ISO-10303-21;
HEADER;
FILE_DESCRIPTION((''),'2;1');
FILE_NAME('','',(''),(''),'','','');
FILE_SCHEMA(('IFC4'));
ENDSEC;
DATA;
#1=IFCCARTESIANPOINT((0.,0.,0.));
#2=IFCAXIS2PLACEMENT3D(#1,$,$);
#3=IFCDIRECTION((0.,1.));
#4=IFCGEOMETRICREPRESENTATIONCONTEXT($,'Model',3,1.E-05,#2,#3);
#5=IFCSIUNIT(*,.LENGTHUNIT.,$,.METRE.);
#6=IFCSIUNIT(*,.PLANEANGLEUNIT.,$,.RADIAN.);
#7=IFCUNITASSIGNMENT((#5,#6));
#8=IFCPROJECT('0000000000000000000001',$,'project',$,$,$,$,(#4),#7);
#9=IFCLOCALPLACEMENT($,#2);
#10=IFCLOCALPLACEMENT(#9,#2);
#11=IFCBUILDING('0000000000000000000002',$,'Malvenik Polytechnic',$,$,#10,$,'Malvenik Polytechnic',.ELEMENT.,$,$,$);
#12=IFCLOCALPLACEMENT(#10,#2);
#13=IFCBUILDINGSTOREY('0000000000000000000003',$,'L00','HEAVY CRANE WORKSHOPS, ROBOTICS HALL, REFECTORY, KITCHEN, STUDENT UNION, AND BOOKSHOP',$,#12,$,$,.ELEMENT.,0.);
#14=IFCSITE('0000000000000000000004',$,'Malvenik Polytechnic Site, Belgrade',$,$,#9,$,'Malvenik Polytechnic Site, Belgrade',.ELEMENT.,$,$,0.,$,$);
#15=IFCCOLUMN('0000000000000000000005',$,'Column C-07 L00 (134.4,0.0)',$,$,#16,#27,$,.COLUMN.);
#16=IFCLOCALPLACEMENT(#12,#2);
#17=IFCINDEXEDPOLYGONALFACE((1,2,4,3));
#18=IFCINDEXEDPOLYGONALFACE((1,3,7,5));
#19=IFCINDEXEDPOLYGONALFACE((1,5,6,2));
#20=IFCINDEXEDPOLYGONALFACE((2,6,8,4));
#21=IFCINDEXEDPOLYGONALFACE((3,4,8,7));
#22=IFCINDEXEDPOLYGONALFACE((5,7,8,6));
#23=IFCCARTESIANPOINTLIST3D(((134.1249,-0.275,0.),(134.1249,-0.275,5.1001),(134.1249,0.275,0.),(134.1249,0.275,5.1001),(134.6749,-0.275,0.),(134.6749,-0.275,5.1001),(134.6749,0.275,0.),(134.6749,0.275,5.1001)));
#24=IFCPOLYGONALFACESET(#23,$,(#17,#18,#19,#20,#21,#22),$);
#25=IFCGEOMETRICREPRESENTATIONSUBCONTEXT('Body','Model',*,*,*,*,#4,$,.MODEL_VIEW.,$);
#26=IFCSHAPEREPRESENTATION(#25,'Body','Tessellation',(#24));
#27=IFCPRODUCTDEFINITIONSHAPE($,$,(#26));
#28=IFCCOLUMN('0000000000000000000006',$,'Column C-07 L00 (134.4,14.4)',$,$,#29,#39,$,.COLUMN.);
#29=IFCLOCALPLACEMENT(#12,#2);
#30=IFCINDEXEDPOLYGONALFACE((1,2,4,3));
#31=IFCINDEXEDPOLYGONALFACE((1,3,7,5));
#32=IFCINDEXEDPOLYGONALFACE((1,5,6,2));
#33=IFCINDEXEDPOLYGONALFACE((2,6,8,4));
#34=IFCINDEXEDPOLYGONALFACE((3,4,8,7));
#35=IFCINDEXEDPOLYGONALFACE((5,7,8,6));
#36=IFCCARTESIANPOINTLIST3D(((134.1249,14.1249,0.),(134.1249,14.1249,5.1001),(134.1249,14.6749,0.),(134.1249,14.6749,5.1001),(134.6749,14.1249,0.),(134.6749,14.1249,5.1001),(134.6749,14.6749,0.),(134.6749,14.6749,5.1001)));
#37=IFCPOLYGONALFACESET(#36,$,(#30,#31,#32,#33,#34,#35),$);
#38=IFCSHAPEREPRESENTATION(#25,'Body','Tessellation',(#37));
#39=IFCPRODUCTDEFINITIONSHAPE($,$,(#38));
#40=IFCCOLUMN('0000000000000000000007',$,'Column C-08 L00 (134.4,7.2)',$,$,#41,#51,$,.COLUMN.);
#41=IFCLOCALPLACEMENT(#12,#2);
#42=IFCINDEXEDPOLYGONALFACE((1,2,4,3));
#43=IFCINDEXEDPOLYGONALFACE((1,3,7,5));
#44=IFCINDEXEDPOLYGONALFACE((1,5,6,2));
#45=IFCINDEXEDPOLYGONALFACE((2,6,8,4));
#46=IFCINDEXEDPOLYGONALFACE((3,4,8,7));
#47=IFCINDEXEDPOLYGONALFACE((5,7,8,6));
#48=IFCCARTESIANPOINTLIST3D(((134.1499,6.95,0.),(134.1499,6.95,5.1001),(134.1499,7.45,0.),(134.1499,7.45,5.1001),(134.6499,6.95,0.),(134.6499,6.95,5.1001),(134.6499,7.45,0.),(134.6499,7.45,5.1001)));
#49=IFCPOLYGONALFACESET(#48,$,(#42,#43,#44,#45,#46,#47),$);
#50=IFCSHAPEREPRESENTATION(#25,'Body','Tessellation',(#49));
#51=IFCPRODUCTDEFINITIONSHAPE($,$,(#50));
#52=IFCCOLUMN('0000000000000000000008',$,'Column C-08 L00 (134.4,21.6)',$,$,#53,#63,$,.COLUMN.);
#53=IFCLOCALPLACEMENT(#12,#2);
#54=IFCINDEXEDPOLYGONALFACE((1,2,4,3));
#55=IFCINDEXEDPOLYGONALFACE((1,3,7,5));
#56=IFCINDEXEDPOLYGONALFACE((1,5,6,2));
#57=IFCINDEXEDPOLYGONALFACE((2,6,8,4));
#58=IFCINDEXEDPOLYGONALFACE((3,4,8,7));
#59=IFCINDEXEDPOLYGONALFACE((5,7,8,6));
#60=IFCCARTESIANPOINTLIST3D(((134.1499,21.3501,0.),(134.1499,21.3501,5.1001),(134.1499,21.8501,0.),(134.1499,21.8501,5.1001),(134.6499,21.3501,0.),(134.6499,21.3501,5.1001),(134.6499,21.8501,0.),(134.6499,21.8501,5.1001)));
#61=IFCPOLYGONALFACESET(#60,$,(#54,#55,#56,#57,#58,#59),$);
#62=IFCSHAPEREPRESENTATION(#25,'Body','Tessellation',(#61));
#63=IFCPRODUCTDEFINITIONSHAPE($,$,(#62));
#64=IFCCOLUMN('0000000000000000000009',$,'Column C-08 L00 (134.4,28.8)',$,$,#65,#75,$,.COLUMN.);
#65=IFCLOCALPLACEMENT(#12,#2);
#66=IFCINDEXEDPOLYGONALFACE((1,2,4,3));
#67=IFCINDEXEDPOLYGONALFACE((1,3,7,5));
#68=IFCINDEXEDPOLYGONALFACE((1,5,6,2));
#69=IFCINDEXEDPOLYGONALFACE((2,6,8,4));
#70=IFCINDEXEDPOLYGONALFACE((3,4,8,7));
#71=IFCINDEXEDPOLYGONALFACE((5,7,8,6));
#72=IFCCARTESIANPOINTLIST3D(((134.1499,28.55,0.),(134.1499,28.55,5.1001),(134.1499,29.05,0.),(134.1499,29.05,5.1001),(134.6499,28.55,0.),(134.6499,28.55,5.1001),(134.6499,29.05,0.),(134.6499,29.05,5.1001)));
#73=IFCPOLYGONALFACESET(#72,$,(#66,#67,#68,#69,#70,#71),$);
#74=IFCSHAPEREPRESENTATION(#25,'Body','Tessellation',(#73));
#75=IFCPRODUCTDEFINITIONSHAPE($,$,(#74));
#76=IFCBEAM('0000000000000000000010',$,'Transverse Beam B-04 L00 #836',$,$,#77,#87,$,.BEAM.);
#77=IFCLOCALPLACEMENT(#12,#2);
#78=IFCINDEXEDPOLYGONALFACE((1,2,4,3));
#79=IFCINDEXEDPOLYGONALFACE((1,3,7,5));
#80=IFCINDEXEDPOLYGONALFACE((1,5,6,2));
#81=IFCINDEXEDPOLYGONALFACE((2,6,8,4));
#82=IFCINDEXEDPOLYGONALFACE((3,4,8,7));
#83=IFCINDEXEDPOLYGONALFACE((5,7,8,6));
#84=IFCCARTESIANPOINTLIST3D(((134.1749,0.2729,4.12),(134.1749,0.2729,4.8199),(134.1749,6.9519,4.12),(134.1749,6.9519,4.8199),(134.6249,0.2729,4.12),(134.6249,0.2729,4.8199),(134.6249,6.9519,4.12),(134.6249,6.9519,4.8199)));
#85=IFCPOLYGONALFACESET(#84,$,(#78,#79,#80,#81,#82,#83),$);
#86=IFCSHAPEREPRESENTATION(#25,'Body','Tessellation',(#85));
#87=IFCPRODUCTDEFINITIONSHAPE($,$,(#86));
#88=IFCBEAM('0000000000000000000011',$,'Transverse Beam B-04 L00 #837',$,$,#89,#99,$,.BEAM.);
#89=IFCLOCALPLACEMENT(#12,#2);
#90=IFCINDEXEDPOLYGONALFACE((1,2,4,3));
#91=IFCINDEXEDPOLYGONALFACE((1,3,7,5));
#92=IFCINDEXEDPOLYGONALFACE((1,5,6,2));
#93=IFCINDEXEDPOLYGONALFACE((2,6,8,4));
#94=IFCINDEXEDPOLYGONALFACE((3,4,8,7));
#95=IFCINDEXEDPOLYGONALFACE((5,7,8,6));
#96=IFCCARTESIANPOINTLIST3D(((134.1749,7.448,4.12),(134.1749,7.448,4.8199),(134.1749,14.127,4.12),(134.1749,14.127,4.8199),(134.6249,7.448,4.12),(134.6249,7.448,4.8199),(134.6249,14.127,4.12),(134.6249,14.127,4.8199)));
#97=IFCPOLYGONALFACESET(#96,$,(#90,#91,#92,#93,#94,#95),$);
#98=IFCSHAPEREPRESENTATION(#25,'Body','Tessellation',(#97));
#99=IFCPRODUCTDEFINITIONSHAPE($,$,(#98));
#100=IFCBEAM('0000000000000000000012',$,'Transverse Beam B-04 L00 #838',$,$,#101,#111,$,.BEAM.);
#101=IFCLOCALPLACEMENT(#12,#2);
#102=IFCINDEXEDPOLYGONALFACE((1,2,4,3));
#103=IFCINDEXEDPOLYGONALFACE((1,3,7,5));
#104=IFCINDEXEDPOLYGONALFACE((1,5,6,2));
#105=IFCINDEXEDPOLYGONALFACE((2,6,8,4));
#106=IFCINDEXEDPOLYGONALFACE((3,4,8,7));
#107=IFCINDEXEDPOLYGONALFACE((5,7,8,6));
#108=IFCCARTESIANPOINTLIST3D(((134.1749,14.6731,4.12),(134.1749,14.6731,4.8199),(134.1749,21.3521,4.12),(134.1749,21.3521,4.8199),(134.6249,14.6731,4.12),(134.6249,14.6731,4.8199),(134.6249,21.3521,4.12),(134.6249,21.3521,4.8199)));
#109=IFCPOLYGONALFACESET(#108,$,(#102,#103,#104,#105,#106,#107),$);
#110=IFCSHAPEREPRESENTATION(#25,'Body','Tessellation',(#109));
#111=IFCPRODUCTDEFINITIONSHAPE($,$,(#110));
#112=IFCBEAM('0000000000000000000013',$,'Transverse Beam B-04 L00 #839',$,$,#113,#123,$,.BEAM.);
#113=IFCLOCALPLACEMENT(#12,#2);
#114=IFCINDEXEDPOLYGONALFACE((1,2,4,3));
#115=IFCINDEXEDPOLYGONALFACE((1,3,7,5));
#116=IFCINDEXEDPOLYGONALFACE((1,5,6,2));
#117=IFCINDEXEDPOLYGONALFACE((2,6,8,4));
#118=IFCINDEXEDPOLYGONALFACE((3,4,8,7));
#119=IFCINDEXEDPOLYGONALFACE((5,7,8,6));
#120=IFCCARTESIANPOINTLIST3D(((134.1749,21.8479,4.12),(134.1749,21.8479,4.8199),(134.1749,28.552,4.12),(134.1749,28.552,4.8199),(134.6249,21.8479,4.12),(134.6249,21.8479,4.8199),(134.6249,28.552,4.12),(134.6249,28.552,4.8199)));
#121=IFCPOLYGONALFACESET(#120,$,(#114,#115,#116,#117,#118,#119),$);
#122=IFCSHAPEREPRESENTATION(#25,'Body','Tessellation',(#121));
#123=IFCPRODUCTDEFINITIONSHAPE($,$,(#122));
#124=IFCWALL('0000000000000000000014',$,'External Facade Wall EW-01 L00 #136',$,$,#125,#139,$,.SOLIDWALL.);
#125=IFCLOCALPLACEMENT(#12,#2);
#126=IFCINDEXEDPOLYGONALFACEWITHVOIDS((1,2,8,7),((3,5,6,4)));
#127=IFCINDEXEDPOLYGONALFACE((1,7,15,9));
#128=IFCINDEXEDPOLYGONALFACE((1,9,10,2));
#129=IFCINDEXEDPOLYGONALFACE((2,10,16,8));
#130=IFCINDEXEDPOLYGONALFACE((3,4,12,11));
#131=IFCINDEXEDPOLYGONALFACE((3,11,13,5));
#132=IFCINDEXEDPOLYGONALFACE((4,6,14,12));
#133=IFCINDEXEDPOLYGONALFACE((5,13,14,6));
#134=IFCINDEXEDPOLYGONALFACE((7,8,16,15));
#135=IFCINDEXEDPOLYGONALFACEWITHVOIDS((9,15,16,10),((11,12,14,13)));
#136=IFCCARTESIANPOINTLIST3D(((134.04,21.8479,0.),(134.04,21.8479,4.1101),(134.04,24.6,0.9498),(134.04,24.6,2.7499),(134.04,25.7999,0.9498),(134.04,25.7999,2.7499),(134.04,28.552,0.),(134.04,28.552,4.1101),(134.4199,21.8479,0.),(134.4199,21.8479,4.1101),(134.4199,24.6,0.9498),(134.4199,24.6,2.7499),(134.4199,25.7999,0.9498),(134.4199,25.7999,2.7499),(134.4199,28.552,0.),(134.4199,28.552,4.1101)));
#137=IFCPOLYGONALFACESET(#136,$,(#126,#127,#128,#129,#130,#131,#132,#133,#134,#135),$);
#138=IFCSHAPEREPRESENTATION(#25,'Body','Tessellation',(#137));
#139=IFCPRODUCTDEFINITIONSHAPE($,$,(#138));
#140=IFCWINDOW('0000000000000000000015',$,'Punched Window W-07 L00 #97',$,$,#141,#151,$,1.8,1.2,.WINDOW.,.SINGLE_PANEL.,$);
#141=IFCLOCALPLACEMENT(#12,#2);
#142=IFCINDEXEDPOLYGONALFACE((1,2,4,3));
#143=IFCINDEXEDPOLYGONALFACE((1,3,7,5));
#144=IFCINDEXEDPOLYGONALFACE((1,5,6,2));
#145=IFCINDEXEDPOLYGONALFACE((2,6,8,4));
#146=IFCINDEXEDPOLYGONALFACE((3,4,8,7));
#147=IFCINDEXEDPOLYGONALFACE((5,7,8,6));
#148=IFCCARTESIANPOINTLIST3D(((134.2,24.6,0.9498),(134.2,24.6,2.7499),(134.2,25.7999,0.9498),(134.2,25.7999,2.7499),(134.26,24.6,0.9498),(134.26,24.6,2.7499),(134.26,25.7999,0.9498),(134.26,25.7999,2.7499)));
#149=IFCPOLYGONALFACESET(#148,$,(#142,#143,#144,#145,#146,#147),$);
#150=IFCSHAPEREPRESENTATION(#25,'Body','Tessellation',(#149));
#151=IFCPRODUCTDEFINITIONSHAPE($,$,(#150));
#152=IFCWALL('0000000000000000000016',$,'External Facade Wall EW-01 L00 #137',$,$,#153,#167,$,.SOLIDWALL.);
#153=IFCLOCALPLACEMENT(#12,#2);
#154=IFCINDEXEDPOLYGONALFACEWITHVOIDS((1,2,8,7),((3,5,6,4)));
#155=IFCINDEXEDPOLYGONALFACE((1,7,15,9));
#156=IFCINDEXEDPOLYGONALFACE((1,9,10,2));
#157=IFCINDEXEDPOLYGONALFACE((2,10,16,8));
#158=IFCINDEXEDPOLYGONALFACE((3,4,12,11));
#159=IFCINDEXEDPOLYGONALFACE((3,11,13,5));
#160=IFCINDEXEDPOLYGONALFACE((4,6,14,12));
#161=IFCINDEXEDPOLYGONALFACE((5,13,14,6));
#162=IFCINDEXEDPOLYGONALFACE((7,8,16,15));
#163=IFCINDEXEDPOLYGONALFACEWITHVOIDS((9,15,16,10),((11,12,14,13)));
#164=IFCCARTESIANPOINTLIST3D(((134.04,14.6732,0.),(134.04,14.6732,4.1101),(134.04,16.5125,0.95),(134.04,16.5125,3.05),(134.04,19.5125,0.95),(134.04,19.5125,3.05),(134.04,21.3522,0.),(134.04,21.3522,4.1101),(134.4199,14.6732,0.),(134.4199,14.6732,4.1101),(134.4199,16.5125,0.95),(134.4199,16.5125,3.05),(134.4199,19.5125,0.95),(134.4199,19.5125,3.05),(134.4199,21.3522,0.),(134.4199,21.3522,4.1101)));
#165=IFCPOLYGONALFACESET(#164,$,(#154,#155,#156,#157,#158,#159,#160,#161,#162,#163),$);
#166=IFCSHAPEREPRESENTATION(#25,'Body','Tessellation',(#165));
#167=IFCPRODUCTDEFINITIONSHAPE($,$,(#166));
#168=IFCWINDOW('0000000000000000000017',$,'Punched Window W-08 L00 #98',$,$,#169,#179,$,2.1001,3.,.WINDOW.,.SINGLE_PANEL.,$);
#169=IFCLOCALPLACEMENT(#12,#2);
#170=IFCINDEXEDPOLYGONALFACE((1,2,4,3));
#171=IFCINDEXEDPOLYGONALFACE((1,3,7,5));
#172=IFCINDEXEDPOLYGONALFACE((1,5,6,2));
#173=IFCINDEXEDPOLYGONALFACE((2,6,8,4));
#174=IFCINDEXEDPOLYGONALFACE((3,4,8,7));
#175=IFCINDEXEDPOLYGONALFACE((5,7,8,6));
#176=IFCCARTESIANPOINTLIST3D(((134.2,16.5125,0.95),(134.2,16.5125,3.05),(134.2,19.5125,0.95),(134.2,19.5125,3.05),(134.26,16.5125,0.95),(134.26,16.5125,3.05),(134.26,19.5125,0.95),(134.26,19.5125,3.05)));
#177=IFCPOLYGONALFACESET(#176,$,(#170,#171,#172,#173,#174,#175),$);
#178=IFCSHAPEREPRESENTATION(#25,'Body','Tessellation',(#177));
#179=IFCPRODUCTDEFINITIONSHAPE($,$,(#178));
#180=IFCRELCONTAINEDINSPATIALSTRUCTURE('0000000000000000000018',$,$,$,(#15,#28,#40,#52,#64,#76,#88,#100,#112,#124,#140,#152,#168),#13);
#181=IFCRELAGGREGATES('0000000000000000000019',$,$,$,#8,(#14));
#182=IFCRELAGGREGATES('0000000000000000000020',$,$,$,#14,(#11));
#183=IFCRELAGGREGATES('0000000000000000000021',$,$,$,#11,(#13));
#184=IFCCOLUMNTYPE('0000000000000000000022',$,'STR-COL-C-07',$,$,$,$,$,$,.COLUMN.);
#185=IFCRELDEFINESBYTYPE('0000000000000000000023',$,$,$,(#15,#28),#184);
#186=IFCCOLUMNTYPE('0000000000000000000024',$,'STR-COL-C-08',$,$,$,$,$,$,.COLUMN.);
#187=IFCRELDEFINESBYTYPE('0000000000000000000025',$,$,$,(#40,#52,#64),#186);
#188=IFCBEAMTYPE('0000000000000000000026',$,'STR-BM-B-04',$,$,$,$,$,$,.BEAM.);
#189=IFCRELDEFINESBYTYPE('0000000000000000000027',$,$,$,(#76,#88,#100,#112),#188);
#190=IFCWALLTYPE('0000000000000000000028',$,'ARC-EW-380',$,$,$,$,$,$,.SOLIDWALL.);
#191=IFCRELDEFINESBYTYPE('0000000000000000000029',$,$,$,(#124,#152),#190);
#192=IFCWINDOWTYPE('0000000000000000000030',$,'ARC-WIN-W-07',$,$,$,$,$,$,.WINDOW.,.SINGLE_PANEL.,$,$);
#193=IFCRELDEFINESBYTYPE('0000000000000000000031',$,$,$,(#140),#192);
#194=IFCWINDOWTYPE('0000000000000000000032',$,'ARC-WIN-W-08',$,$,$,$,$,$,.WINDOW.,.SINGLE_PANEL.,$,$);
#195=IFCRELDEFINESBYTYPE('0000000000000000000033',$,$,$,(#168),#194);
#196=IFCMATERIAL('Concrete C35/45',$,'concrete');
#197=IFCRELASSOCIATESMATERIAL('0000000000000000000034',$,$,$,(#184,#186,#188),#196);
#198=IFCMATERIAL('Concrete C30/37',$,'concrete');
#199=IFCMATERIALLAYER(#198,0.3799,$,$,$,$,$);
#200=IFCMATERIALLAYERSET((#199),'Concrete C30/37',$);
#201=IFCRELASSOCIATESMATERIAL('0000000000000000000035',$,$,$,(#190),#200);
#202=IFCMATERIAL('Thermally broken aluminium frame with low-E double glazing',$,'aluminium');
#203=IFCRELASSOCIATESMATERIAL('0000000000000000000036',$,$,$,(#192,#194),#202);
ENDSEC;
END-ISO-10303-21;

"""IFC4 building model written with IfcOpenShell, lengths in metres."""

from ifc_helpers import new_model, si_unit, direction, frame, frame_2d, origin, origin_2d, place, context, subcontext, project, spatial, rectangle, extrude, material, layer, layer_set, material_profile, profile_set, type_object, element, fill, save


model = new_model("IFC4")

# Units and contexts
model_context = context("Model", 3, precision=1e-05, world=origin(), true_north=direction((0.0, 1.0)))
body_context = subcontext(model_context, "Body", "Model", "MODEL_VIEW")
ifc_project = project(units=[si_unit("LENGTHUNIT", "METRE"), si_unit("PLANEANGLEUNIT", "RADIAN")], contexts=[model_context])

# Site, building, storey
site_placement = place(None, origin())
site = spatial("IfcSite", under=ifc_project, at=site_placement, Name="Malvenik Polytechnic Site, Belgrade", LongName="Malvenik Polytechnic Site, Belgrade", CompositionType="ELEMENT", RefElevation=0.0)
building_placement = place(site_placement, origin())
building = spatial("IfcBuilding", under=site, at=building_placement, Name="Malvenik Polytechnic", LongName="Malvenik Polytechnic", CompositionType="ELEMENT")
storey_placement = place(building_placement, origin())
storey = spatial("IfcBuildingStorey", under=building, at=storey_placement, Name="L00", Description="HEAVY CRANE WORKSHOPS, ROBOTICS HALL, REFECTORY, KITCHEN, STUDENT UNION, AND BOOKSHOP", CompositionType="ELEMENT", Elevation=0.0)

# Columns
ifc_material_1 = material(Name="Concrete C35/45", Category="concrete")
ifc_material_profile_1 = material_profile(ifc_material_1, rectangle(XDim=0.55, YDim=0.55, at=origin_2d()), Name="RC COL 550x550")
ifc_profile_set_1 = profile_set([ifc_material_profile_1], Name="Concrete C35/45")
column_type_1 = type_object("IfcColumnType", Name="STR-COL-C-07", PredefinedType="COLUMN", material=ifc_profile_set_1)
for number, where, z_axis, x_axis, name in (
    (1, (134.3999, 0.0, 0.0), (0.0, 0.0, 1.0), (1.0, 0.0, 0.0), "Column C-07 L00 (134.4,0.0)"),
    (2, (134.3999, 14.3999, 0.0), (0.0, 0.0, 1.0), (1.0, 0.0, 0.0), "Column C-07 L00 (134.4,14.4)"),
):
    element("IfcColumn", number, at=place(storey_placement, frame(where, z_axis=z_axis, x_axis=x_axis)), inside=storey, type_object=column_type_1, Name=name, PredefinedType="COLUMN", context=body_context, shape_type="SweptSolid", body=[
        extrude(rectangle(XDim=0.55, YDim=0.55, at=origin_2d()), origin(), (0.0, 0.0, 1.0), 5.1001),
    ])
ifc_material_profile_2 = material_profile(ifc_material_1, rectangle(XDim=0.5, YDim=0.5, at=origin_2d()), Name="RC COL 500x500")
ifc_profile_set_2 = profile_set([ifc_material_profile_2], Name="Concrete C35/45")
column_type_2 = type_object("IfcColumnType", Name="STR-COL-C-08", PredefinedType="COLUMN", material=ifc_profile_set_2)
for number, where, z_axis, x_axis, name in (
    (3, (134.3999, 7.2, 0.0), (0.0, 0.0, 1.0), (1.0, 0.0, 0.0), "Column C-08 L00 (134.4,7.2)"),
    (4, (134.3999, 21.6001, 0.0), (0.0, 0.0, 1.0), (1.0, 0.0, 0.0), "Column C-08 L00 (134.4,21.6)"),
    (5, (134.3999, 28.8, 0.0), (0.0, 0.0, 1.0), (1.0, 0.0, 0.0), "Column C-08 L00 (134.4,28.8)"),
):
    element("IfcColumn", number, at=place(storey_placement, frame(where, z_axis=z_axis, x_axis=x_axis)), inside=storey, type_object=column_type_2, Name=name, PredefinedType="COLUMN", context=body_context, shape_type="SweptSolid", body=[
        extrude(rectangle(XDim=0.5, YDim=0.5, at=origin_2d()), origin(), (0.0, 0.0, 1.0), 5.1001),
    ])

# Beams
ifc_material_profile_3 = material_profile(ifc_material_1, rectangle(XDim=0.45, YDim=0.7, at=origin_2d()), Name="RC BM 450x700")
ifc_profile_set_3 = profile_set([ifc_material_profile_3], Name="Concrete C35/45")
beam_type = type_object("IfcBeamType", Name="STR-BM-B-04", PredefinedType="BEAM", material=ifc_profile_set_3)
for number, where, z_axis, x_axis, name in (
    (6, (134.3999, 0.2729, 4.47), (0.0, 1.0, 0.0), (-1.0, 0.0, 0.0), "Transverse Beam B-04 L00 #836"),
    (7, (134.3999, 7.448, 4.47), (0.0, 1.0, 0.0), (-1.0, 0.0, 0.0), "Transverse Beam B-04 L00 #837"),
    (8, (134.3999, 14.6731, 4.47), (0.0, 1.0, 0.0), (-1.0, 0.0, 0.0), "Transverse Beam B-04 L00 #838"),
):
    element("IfcBeam", number, at=place(storey_placement, frame(where, z_axis=z_axis, x_axis=x_axis)), inside=storey, type_object=beam_type, Name=name, PredefinedType="BEAM", context=body_context, shape_type="SweptSolid", body=[
        extrude(rectangle(XDim=0.45, YDim=0.7, at=origin_2d()), origin(), (0.0, 0.0, 1.0), 6.679),
    ])
beam_placement = place(storey_placement, frame((134.3999, 21.8479, 4.47), z_axis=(0.0, 1.0, 0.0), x_axis=(-1.0, 0.0, 0.0)))
element("IfcBeam", 9, at=beam_placement, inside=storey, type_object=beam_type, Name="Transverse Beam B-04 L00 #839", PredefinedType="BEAM", context=body_context, shape_type="SweptSolid", body=[
    extrude(rectangle(XDim=0.45, YDim=0.7, at=origin_2d()), origin(), (0.0, 0.0, 1.0), 6.7041),
])

# Walls, openings, windows
ifc_material_2 = material(Name="Concrete C30/37", Category="concrete")
ifc_layer = layer(ifc_material_2, 0.3799)
ifc_layer_set = layer_set([ifc_layer], Name="Concrete C30/37")
wall_type = type_object("IfcWallType", Name="ARC-EW-380", PredefinedType="SOLIDWALL", material=ifc_layer_set)
wall_1_placement = place(storey_placement, frame((134.23, 28.552, 0.0), z_axis=(0.0, 0.0, 1.0), x_axis=(0.0, -1.0, 0.0)))
wall_1 = element("IfcWall", 10, at=wall_1_placement, inside=storey, type_object=wall_type, Name="External Facade Wall EW-01 L00 #136", PredefinedType="SOLIDWALL", context=body_context, shape_type="SweptSolid", body=[
    extrude(rectangle(XDim=6.7041, YDim=0.3799, at=frame_2d((3.3521, 0.0))), origin(), (0.0, 0.0, 1.0), 4.1101),
])
opening_1_placement = place(wall_1_placement, frame((2.752, 0.0, 0.95)))
opening_1 = element("IfcOpeningElement", 11, at=opening_1_placement, cuts=wall_1, PredefinedType="OPENING", context=body_context, shape_type="SweptSolid", body=[
    extrude(rectangle(XDim=1.2, YDim=1.8, at=frame_2d((0.6001, 0.8999))), frame((0.0, 0.2, 0.0), z_axis=(0.0, -1.0, 0.0), x_axis=(1.0, 0.0, 0.0)), (0.0, 0.0, 1.0), 0.3999),
])
ifc_material_3 = material(Name="Thermally broken aluminium frame with low-E double glazing", Category="aluminium")
window_type_1 = type_object("IfcWindowType", Name="ARC-WIN-W-07", PartitioningType="SINGLE_PANEL", PredefinedType="WINDOW", material=ifc_material_3)
window_1_placement = place(opening_1_placement, origin())
window_1 = element("IfcWindow", 12, at=window_1_placement, inside=storey, type_object=window_type_1, Name="Punched Window W-07 L00 #97", OverallHeight=1.8, OverallWidth=1.2, PartitioningType="SINGLE_PANEL", PredefinedType="WINDOW", context=body_context, shape_type="SweptSolid", body=[
    extrude(rectangle(XDim=1.2, YDim=1.8, at=frame_2d((0.6001, 0.8999))), frame((0.0, 0.03, 0.0), z_axis=(0.0, -1.0, 0.0), x_axis=(1.0, 0.0, 0.0)), (0.0, 0.0, 1.0), 0.0601),
])
fill(opening_1, window_1)
wall_2_placement = place(storey_placement, frame((134.23, 21.3521, 0.0), z_axis=(0.0, 0.0, 1.0), x_axis=(0.0, -1.0, 0.0)))
wall_2 = element("IfcWall", 13, at=wall_2_placement, inside=storey, type_object=wall_type, Name="External Facade Wall EW-01 L00 #137", PredefinedType="SOLIDWALL", context=body_context, shape_type="SweptSolid", body=[
    extrude(rectangle(XDim=6.679, YDim=0.3799, at=frame_2d((3.3394, 0.0))), origin(), (0.0, 0.0, 1.0), 4.1101),
])
opening_2_placement = place(wall_2_placement, frame((1.8396, 0.0, 0.95)))
opening_2 = element("IfcOpeningElement", 14, at=opening_2_placement, cuts=wall_2, PredefinedType="OPENING", context=body_context, shape_type="SweptSolid", body=[
    extrude(rectangle(XDim=3.0, YDim=2.1001, at=frame_2d((1.5, 1.05))), frame((0.0, 0.2, 0.0), z_axis=(0.0, -1.0, 0.0), x_axis=(1.0, 0.0, 0.0)), (0.0, 0.0, 1.0), 0.3999),
])
window_type_2 = type_object("IfcWindowType", Name="ARC-WIN-W-08", PartitioningType="SINGLE_PANEL", PredefinedType="WINDOW", material=ifc_material_3)
window_2_placement = place(opening_2_placement, origin())
window_2 = element("IfcWindow", 15, at=window_2_placement, inside=storey, type_object=window_type_2, Name="Punched Window W-08 L00 #98", OverallHeight=2.1001, OverallWidth=3.0, PartitioningType="SINGLE_PANEL", PredefinedType="WINDOW", context=body_context, shape_type="SweptSolid", body=[
    extrude(rectangle(XDim=3.0, YDim=2.1001, at=frame_2d((1.5, 1.05))), frame((0.0, 0.03, 0.0), z_axis=(0.0, -1.0, 0.0), x_axis=(1.0, 0.0, 0.0)), (0.0, 0.0, 1.0), 0.0601),
])
fill(opening_2, window_2)

save(model, "model.ifc")
